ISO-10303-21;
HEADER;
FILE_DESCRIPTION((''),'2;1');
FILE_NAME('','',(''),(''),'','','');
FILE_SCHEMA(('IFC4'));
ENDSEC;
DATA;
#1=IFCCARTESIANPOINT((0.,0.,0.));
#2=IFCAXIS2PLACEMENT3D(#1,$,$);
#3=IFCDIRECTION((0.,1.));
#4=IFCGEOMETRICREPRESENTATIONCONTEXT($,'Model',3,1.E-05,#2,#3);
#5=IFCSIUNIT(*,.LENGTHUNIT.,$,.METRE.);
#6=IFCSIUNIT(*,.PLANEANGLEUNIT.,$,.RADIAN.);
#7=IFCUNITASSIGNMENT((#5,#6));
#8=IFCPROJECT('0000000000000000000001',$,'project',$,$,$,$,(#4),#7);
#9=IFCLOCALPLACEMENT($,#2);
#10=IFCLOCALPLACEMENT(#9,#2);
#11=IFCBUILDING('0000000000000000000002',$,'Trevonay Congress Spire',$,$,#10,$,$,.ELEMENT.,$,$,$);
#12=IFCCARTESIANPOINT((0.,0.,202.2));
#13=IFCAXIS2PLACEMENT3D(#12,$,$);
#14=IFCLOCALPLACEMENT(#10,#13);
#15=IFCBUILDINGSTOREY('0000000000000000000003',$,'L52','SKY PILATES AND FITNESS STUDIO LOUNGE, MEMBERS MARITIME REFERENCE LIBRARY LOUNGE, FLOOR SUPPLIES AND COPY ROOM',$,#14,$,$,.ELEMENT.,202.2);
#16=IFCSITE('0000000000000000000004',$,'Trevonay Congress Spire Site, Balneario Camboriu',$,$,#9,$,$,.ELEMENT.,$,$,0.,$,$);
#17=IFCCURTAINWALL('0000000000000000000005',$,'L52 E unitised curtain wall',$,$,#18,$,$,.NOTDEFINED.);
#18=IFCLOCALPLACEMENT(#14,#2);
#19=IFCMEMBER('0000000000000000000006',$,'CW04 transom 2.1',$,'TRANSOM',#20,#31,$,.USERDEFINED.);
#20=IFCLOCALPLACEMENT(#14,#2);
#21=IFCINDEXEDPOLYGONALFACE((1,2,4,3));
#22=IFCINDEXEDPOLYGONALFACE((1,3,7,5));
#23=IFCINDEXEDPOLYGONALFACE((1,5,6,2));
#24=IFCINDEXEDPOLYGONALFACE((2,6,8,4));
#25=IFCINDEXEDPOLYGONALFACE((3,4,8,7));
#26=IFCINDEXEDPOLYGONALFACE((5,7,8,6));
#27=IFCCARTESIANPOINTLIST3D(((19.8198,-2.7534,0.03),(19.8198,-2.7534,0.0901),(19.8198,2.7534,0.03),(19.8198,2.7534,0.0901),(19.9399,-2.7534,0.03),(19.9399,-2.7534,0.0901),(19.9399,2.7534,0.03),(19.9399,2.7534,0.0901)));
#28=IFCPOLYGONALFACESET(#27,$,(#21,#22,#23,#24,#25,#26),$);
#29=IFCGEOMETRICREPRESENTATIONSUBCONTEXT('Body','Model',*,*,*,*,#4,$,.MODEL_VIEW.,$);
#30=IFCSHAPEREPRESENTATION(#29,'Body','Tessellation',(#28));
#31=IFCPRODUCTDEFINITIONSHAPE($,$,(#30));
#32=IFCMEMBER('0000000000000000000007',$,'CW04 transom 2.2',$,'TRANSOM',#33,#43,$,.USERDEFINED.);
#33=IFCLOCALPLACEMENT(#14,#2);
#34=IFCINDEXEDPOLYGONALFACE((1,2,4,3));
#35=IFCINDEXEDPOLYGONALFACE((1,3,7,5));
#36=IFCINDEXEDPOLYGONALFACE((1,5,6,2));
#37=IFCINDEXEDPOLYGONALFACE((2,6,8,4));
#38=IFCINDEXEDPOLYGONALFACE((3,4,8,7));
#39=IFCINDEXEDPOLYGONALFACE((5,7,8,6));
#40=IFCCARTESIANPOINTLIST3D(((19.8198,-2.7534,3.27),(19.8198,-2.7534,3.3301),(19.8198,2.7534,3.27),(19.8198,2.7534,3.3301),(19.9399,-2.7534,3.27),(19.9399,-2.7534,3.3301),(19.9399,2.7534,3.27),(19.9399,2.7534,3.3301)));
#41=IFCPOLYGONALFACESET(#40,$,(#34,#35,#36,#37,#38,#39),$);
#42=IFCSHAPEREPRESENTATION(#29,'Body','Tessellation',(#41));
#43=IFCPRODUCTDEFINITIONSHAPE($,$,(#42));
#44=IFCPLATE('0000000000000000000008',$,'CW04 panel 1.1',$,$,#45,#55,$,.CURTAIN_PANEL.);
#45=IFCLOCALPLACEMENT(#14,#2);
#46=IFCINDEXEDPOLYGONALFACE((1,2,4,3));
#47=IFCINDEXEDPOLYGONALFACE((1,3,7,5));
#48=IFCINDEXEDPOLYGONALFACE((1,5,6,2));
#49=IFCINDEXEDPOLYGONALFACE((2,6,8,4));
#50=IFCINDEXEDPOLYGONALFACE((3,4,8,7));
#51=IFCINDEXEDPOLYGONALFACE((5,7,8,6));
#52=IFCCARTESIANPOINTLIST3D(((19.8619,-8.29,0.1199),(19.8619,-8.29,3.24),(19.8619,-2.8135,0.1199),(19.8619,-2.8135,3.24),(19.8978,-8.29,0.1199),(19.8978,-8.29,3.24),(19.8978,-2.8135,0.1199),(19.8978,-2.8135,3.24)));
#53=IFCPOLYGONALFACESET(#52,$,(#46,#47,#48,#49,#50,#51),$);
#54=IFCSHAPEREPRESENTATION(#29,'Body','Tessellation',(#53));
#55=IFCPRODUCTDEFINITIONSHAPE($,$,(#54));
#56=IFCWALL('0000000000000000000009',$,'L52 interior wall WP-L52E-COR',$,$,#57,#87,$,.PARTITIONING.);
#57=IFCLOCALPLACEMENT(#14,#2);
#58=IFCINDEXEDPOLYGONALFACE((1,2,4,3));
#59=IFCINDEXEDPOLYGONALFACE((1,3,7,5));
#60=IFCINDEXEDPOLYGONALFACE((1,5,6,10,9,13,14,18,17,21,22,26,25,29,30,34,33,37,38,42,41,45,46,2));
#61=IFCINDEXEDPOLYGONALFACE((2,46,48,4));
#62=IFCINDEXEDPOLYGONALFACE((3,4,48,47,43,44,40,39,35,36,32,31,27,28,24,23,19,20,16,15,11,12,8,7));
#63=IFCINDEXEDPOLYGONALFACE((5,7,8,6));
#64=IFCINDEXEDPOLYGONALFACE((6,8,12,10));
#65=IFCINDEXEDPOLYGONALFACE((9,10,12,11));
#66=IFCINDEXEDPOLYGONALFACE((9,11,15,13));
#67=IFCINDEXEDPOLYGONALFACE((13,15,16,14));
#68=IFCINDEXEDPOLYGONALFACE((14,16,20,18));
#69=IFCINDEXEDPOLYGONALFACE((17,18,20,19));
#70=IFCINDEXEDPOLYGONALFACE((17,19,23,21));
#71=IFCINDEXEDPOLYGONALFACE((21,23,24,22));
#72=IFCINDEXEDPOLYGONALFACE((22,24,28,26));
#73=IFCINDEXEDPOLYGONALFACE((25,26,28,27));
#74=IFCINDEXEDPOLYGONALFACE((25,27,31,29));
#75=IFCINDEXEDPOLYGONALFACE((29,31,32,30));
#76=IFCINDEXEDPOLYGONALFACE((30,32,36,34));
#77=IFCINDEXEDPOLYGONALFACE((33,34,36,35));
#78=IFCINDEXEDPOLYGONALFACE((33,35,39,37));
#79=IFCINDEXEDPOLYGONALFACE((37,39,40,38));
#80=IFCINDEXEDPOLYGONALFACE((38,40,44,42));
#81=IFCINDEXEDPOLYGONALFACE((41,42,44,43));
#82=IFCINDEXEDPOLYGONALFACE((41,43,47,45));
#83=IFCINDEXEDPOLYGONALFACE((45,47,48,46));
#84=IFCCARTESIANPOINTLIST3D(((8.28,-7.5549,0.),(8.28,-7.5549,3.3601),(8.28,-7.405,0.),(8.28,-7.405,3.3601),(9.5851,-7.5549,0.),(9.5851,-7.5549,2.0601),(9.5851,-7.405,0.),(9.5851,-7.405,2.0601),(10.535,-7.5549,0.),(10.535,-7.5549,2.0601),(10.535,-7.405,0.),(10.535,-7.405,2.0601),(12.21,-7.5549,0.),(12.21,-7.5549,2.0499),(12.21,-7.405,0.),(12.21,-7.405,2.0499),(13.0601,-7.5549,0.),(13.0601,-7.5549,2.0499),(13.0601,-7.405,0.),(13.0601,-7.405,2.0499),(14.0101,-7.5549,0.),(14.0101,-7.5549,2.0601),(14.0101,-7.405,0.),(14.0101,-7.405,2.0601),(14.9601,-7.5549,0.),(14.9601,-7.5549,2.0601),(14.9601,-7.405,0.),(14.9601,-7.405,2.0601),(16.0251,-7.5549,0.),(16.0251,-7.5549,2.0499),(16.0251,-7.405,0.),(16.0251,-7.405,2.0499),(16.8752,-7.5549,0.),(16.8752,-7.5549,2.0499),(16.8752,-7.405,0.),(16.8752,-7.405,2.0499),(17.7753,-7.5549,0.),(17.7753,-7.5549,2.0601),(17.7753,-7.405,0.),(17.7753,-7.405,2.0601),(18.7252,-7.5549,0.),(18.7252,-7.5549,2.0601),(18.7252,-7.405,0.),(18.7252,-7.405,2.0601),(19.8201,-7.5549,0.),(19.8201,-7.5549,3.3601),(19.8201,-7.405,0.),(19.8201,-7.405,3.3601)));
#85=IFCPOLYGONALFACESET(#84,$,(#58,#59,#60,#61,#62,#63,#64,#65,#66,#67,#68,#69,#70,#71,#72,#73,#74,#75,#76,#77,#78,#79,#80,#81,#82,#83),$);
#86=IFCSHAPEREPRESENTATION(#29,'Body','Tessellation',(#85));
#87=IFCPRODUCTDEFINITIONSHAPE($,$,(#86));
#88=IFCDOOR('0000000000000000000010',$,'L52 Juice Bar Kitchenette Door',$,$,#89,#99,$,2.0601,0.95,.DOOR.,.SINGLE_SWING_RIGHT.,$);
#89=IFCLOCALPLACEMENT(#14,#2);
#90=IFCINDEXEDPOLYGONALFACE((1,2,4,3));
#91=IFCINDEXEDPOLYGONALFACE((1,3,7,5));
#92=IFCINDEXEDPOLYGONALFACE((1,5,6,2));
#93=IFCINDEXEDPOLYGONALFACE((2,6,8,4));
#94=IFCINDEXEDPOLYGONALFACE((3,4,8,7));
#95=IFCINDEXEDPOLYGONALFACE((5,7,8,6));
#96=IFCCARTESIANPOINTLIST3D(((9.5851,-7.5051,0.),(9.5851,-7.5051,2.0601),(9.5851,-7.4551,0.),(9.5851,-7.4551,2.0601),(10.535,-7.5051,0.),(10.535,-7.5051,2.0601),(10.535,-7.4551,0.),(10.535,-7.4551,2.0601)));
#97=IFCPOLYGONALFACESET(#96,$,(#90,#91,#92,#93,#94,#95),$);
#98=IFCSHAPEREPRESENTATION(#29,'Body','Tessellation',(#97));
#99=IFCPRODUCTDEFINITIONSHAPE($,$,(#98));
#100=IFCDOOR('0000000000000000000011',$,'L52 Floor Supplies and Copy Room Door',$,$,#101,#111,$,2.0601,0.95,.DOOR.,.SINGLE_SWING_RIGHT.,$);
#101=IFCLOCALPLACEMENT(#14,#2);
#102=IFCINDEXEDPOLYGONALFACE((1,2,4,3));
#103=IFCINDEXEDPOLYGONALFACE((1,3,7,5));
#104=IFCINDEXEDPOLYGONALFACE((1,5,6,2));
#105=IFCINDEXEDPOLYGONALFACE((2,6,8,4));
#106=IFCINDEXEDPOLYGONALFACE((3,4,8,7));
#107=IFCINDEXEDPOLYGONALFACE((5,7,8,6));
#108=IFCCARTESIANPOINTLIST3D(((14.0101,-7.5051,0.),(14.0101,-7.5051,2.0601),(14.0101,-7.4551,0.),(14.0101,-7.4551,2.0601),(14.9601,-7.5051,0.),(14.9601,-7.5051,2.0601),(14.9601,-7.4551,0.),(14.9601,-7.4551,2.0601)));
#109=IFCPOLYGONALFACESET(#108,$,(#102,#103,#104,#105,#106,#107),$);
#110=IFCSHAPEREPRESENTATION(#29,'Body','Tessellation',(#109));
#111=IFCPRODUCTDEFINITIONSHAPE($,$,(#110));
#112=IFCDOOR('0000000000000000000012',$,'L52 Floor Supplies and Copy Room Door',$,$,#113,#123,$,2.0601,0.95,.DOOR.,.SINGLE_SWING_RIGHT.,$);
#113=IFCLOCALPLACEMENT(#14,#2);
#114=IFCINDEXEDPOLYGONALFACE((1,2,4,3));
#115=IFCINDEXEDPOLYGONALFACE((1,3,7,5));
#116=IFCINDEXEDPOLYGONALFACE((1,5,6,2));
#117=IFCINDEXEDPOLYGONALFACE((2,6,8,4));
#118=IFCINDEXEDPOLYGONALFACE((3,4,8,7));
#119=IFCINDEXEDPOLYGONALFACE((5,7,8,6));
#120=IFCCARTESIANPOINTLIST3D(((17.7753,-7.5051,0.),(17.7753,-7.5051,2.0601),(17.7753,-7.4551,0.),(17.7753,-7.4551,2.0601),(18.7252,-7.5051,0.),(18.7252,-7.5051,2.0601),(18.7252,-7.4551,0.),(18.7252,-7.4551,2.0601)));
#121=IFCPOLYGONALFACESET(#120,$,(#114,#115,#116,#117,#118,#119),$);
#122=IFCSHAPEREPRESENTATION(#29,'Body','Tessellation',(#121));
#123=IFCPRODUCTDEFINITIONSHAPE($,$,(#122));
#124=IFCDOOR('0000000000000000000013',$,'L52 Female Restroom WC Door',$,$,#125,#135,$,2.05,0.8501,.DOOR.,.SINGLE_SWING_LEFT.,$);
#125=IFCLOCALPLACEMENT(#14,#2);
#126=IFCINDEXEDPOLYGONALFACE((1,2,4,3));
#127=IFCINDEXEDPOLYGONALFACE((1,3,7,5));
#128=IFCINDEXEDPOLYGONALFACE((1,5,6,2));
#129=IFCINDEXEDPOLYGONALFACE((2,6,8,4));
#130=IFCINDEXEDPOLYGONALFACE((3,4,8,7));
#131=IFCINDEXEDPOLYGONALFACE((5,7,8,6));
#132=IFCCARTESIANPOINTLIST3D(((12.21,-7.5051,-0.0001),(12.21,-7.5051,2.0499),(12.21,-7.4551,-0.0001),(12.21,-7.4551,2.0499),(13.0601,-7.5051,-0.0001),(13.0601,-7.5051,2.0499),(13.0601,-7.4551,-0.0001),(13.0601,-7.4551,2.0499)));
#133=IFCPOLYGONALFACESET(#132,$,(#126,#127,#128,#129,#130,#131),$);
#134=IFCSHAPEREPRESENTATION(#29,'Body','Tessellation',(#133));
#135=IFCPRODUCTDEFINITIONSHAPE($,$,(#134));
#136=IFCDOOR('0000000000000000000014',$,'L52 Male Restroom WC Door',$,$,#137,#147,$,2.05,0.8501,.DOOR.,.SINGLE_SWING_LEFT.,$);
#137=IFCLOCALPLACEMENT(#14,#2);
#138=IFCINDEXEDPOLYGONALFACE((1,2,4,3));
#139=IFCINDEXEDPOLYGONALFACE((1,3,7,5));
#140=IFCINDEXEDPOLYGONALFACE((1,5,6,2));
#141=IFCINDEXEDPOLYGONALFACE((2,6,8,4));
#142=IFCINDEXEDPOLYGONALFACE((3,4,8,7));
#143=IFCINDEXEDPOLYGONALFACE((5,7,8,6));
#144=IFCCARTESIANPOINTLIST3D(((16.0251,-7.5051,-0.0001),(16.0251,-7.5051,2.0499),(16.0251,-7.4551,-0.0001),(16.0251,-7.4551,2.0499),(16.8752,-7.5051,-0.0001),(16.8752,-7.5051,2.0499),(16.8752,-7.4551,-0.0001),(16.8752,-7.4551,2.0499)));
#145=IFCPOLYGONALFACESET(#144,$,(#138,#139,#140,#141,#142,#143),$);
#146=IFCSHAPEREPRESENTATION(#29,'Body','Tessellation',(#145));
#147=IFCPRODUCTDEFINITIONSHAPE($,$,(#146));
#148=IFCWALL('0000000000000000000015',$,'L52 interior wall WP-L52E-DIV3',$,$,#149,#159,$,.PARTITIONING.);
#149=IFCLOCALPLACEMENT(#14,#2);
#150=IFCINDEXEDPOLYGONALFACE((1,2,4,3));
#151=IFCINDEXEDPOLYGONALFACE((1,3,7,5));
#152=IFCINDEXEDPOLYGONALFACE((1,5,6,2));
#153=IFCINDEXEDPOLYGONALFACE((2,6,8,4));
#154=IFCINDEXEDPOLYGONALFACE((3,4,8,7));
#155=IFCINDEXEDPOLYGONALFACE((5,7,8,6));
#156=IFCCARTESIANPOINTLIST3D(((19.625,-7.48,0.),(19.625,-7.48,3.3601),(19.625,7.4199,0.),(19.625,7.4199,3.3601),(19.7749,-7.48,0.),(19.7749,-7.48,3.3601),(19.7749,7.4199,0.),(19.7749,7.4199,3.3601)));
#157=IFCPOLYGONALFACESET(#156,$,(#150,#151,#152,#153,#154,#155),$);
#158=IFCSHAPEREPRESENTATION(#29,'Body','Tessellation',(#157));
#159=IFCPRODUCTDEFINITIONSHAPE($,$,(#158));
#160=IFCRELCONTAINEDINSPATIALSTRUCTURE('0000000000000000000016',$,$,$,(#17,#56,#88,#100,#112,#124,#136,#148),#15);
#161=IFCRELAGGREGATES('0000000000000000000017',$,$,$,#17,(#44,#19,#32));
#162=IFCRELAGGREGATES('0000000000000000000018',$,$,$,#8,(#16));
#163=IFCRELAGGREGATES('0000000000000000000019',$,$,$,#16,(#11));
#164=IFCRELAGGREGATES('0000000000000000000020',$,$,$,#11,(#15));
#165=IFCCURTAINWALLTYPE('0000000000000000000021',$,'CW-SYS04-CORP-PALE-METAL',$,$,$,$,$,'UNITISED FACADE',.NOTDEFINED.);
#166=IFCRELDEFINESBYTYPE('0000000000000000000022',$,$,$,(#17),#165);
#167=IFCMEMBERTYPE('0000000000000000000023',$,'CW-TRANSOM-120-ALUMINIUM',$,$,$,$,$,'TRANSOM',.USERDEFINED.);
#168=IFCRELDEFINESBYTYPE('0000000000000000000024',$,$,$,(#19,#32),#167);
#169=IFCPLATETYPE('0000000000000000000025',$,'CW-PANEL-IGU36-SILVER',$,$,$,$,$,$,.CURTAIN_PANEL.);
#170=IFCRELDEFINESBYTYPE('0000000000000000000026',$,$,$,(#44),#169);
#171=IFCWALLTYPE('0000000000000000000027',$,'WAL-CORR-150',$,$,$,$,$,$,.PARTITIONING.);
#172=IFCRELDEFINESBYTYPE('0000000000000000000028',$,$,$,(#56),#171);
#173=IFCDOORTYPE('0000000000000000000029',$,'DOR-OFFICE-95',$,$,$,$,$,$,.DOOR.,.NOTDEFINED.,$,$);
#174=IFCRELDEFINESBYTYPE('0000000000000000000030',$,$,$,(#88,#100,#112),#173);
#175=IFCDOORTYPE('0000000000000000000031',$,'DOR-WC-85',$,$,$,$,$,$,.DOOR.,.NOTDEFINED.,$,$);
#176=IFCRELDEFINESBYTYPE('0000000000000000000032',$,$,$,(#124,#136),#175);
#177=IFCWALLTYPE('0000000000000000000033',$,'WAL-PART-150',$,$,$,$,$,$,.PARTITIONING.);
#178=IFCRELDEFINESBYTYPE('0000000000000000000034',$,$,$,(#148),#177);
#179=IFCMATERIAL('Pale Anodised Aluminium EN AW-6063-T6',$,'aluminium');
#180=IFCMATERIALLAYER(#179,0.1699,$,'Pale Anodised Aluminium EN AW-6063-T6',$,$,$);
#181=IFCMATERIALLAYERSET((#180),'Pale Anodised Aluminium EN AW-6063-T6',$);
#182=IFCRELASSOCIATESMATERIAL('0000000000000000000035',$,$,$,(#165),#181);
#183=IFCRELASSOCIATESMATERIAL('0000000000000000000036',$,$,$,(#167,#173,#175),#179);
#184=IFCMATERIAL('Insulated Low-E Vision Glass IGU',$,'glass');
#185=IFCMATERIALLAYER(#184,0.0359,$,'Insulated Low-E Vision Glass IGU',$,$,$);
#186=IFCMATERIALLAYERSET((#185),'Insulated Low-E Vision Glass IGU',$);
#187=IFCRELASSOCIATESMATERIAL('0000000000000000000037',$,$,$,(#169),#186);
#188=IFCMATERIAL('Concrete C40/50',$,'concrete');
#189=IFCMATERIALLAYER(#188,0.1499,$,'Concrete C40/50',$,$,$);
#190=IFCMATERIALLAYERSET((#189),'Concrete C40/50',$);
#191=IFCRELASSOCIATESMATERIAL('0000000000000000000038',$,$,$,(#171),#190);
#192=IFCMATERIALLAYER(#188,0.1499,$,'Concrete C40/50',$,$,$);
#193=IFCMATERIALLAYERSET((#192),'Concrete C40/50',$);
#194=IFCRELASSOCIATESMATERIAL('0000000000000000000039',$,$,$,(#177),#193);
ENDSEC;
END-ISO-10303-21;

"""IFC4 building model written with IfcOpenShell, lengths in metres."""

from ifc_helpers import new_model, si_unit, direction, frame, frame_2d, origin, origin_2d, place, context, subcontext, project, spatial, rectangle, extrude, material, layer, layer_set, material_profile, profile_set, type_object, element, fill, aggregate, save


model = new_model("IFC4")

# Units and contexts
model_context = context("Model", 3, precision=1e-05, world=origin(), true_north=direction((0.0, 1.0)))
body_context = subcontext(model_context, "Body", "Model", "MODEL_VIEW")
ifc_project = project(units=[si_unit("LENGTHUNIT", "METRE"), si_unit("PLANEANGLEUNIT", "RADIAN")], contexts=[model_context])

# Site, building, storey
site_placement = place(None, origin())
site = spatial("IfcSite", under=ifc_project, at=site_placement, Name="Trevonay Congress Spire Site, Balneario Camboriu", CompositionType="ELEMENT", RefElevation=0.0)
building_placement = place(site_placement, origin())
building = spatial("IfcBuilding", under=site, at=building_placement, Name="Trevonay Congress Spire", CompositionType="ELEMENT")
storey_placement = place(building_placement, frame((0.0, 0.0, 202.2)))
storey = spatial("IfcBuildingStorey", under=building, at=storey_placement, Name="L52", Description="SKY PILATES AND FITNESS STUDIO LOUNGE, MEMBERS MARITIME REFERENCE LIBRARY LOUNGE, FLOOR SUPPLIES AND COPY ROOM", CompositionType="ELEMENT", Elevation=202.2)

# Curtain wall, members, plate
ifc_material_1 = material(Name="Pale Anodised Aluminium EN AW-6063-T6", Category="aluminium")
ifc_layer_1 = layer(ifc_material_1, 0.1699, Name="Pale Anodised Aluminium EN AW-6063-T6")
ifc_layer_set_1 = layer_set([ifc_layer_1], Name="Pale Anodised Aluminium EN AW-6063-T6")
curtain_wall_type = type_object("IfcCurtainWallType", Name="CW-SYS04-CORP-PALE-METAL", ElementType="UNITISED FACADE", PredefinedType="NOTDEFINED", material=ifc_layer_set_1)
curtain_wall_placement = place(storey_placement, origin())
curtain_wall = element("IfcCurtainWall", 1, at=curtain_wall_placement, inside=storey, type_object=curtain_wall_type, Name="L52 E unitised curtain wall", PredefinedType="NOTDEFINED")
ifc_material_profile_1 = material_profile(ifc_material_1, rectangle(XDim=0.1201, YDim=0.0601, at=origin_2d()), Name="CW-TRANSOM-120-ALUMINIUM")
ifc_profile_set_1 = profile_set([ifc_material_profile_1], Name="Pale Anodised Aluminium EN AW-6063-T6")
member_type_1 = type_object("IfcMemberType", Name="CW-TRANSOM-120-ALUMINIUM", ElementType="TRANSOM", PredefinedType="USERDEFINED", material=ifc_profile_set_1)
member_1_placement = place(storey_placement, frame((19.8799, -2.7534, 0.0601), z_axis=(0.0, 1.0, 0.0), x_axis=(-1.0, 0.0, 0.0)))
member_1 = element("IfcMember", 2, at=member_1_placement, type_object=member_type_1, Name="CW04 transom 2.1", ObjectType="TRANSOM", PredefinedType="USERDEFINED", context=body_context, shape_type="SweptSolid", body=[
    extrude(rectangle(XDim=0.1201, YDim=0.0601, at=origin_2d()), origin(), (0.0, 0.0, 1.0), 5.5068),
])
member_2_placement = place(storey_placement, frame((19.8799, -2.7534, 3.3), z_axis=(0.0, 1.0, 0.0), x_axis=(-1.0, 0.0, 0.0)))
member_2 = element("IfcMember", 3, at=member_2_placement, type_object=member_type_1, Name="CW04 transom 2.2", ObjectType="TRANSOM", PredefinedType="USERDEFINED", context=body_context, shape_type="SweptSolid", body=[
    extrude(rectangle(XDim=0.1201, YDim=0.0601, at=origin_2d()), origin(), (0.0, 0.0, 1.0), 5.5068),
])
ifc_material_2 = material(Name="Insulated Low-E Vision Glass IGU", Category="glass")
ifc_layer_2 = layer(ifc_material_2, 0.0359, Name="Insulated Low-E Vision Glass IGU")
ifc_layer_set_2 = layer_set([ifc_layer_2], Name="Insulated Low-E Vision Glass IGU")
plate_type = type_object("IfcPlateType", Name="CW-PANEL-IGU36-SILVER", PredefinedType="CURTAIN_PANEL", material=ifc_layer_set_2)
plate_placement = place(storey_placement, frame((19.8799, -5.5518, 0.1199), z_axis=(0.0, 0.0, 1.0), x_axis=(0.0, 1.0, 0.0)))
plate = element("IfcPlate", 4, at=plate_placement, type_object=plate_type, Name="CW04 panel 1.1", PredefinedType="CURTAIN_PANEL", context=body_context, shape_type="SweptSolid", body=[
    extrude(rectangle(XDim=5.4766, YDim=0.0359, at=origin_2d()), origin(), (0.0, 0.0, 1.0), 3.1201),
])
aggregate(curtain_wall, [plate, member_1, member_2])

# Wall, openings, doors
ifc_material_3 = material(Name="Concrete C40/50", Category="concrete")
ifc_layer_3 = layer(ifc_material_3, 0.1499, Name="Concrete C40/50")
ifc_layer_set_3 = layer_set([ifc_layer_3], Name="Concrete C40/50")
wall_type_1 = type_object("IfcWallType", Name="WAL-CORR-150", PredefinedType="PARTITIONING", material=ifc_layer_set_3)
wall_1_placement = place(storey_placement, frame((8.28, -7.48, 0.0), z_axis=(0.0, 0.0, 1.0), x_axis=(1.0, 0.0, 0.0)))
wall_1 = element("IfcWall", 5, at=wall_1_placement, inside=storey, type_object=wall_type_1, Name="L52 interior wall WP-L52E-COR", PredefinedType="PARTITIONING", context=body_context, shape_type="SweptSolid", body=[
    extrude(rectangle(XDim=11.54, YDim=0.1499, at=frame_2d((5.77, 0.0))), origin(), (0.0, 0.0, 1.0), 3.3601),
])
opening_1_placement = place(wall_1_placement, frame((1.3049, 0.0, 0.0)))
opening_1 = element("IfcOpeningElement", 6, at=opening_1_placement, cuts=wall_1, PredefinedType="OPENING", context=body_context, shape_type="SweptSolid", body=[
    extrude(rectangle(XDim=0.95, YDim=2.0601, at=frame_2d((0.4751, 1.03))), frame((0.0, 0.085, 0.0), z_axis=(0.0, -1.0, 0.0), x_axis=(1.0, 0.0, 0.0)), (0.0, 0.0, 1.0), 0.1699),
])
opening_2_placement = place(wall_1_placement, frame((3.9299, 0.0, 0.0)))
opening_2 = element("IfcOpeningElement", 7, at=opening_2_placement, cuts=wall_1, PredefinedType="OPENING", context=body_context, shape_type="SweptSolid", body=[
    extrude(rectangle(XDim=0.8501, YDim=2.05, at=frame_2d((0.425, 1.0249))), frame((0.0, 0.085, 0.0), z_axis=(0.0, -1.0, 0.0), x_axis=(1.0, 0.0, 0.0)), (0.0, 0.0, 1.0), 0.1699),
])
opening_3_placement = place(wall_1_placement, frame((5.73, 0.0, 0.0)))
opening_3 = element("IfcOpeningElement", 8, at=opening_3_placement, cuts=wall_1, PredefinedType="OPENING", context=body_context, shape_type="SweptSolid", body=[
    extrude(rectangle(XDim=0.95, YDim=2.0601, at=frame_2d((0.4751, 1.03))), frame((0.0, 0.085, 0.0), z_axis=(0.0, -1.0, 0.0), x_axis=(1.0, 0.0, 0.0)), (0.0, 0.0, 1.0), 0.1699),
])
opening_4_placement = place(wall_1_placement, frame((7.7451, 0.0, 0.0)))
opening_4 = element("IfcOpeningElement", 9, at=opening_4_placement, cuts=wall_1, PredefinedType="OPENING", context=body_context, shape_type="SweptSolid", body=[
    extrude(rectangle(XDim=0.8501, YDim=2.05, at=frame_2d((0.425, 1.0249))), frame((0.0, 0.085, 0.0), z_axis=(0.0, -1.0, 0.0), x_axis=(1.0, 0.0, 0.0)), (0.0, 0.0, 1.0), 0.1699),
])
opening_5_placement = place(wall_1_placement, frame((9.4951, 0.0, 0.0)))
opening_5 = element("IfcOpeningElement", 10, at=opening_5_placement, cuts=wall_1, PredefinedType="OPENING", context=body_context, shape_type="SweptSolid", body=[
    extrude(rectangle(XDim=0.95, YDim=2.0601, at=frame_2d((0.4751, 1.03))), frame((0.0, 0.085, 0.0), z_axis=(0.0, -1.0, 0.0), x_axis=(1.0, 0.0, 0.0)), (0.0, 0.0, 1.0), 0.1699),
])
door_type_1 = type_object("IfcDoorType", Name="DOR-OFFICE-95", OperationType="NOTDEFINED", PredefinedType="DOOR", material=ifc_material_1)
door_1_placement = place(opening_1_placement, origin())
door_1 = element("IfcDoor", 11, at=door_1_placement, inside=storey, type_object=door_type_1, Name="L52 Juice Bar Kitchenette Door", OperationType="SINGLE_SWING_RIGHT", OverallHeight=2.0601, OverallWidth=0.95, PredefinedType="DOOR", context=body_context, shape_type="SweptSolid", body=[
    extrude(rectangle(XDim=0.95, YDim=2.0601, at=frame_2d((0.4751, 1.03))), frame((0.0, 0.0249, 0.0), z_axis=(0.0, -1.0, 0.0), x_axis=(1.0, 0.0, 0.0)), (0.0, 0.0, 1.0), 0.05),
])
fill(opening_1, door_1)
door_2_placement = place(opening_3_placement, origin())
door_2 = element("IfcDoor", 12, at=door_2_placement, inside=storey, type_object=door_type_1, Name="L52 Floor Supplies and Copy Room Door", OperationType="SINGLE_SWING_RIGHT", OverallHeight=2.0601, OverallWidth=0.95, PredefinedType="DOOR", context=body_context, shape_type="SweptSolid", body=[
    extrude(rectangle(XDim=0.95, YDim=2.0601, at=frame_2d((0.4751, 1.03))), frame((0.0, 0.0249, 0.0), z_axis=(0.0, -1.0, 0.0), x_axis=(1.0, 0.0, 0.0)), (0.0, 0.0, 1.0), 0.05),
])
fill(opening_3, door_2)
door_3_placement = place(opening_5_placement, origin())
door_3 = element("IfcDoor", 13, at=door_3_placement, inside=storey, type_object=door_type_1, Name="L52 Floor Supplies and Copy Room Door", OperationType="SINGLE_SWING_RIGHT", OverallHeight=2.0601, OverallWidth=0.95, PredefinedType="DOOR", context=body_context, shape_type="SweptSolid", body=[
    extrude(rectangle(XDim=0.95, YDim=2.0601, at=frame_2d((0.4751, 1.03))), frame((0.0, 0.0249, 0.0), z_axis=(0.0, -1.0, 0.0), x_axis=(1.0, 0.0, 0.0)), (0.0, 0.0, 1.0), 0.05),
])
fill(opening_5, door_3)
door_type_2 = type_object("IfcDoorType", Name="DOR-WC-85", OperationType="NOTDEFINED", PredefinedType="DOOR", material=ifc_material_1)
door_4_placement = place(opening_2_placement, origin())
door_4 = element("IfcDoor", 14, at=door_4_placement, inside=storey, type_object=door_type_2, Name="L52 Female Restroom WC Door", OperationType="SINGLE_SWING_LEFT", OverallHeight=2.05, OverallWidth=0.8501, PredefinedType="DOOR", context=body_context, shape_type="SweptSolid", body=[
    extrude(rectangle(XDim=0.8501, YDim=2.05, at=frame_2d((0.425, 1.0249))), frame((0.0, 0.0249, 0.0), z_axis=(0.0, -1.0, 0.0), x_axis=(1.0, 0.0, 0.0)), (0.0, 0.0, 1.0), 0.05),
])
fill(opening_2, door_4)
door_5_placement = place(opening_4_placement, origin())
door_5 = element("IfcDoor", 15, at=door_5_placement, inside=storey, type_object=door_type_2, Name="L52 Male Restroom WC Door", OperationType="SINGLE_SWING_LEFT", OverallHeight=2.05, OverallWidth=0.8501, PredefinedType="DOOR", context=body_context, shape_type="SweptSolid", body=[
    extrude(rectangle(XDim=0.8501, YDim=2.05, at=frame_2d((0.425, 1.0249))), frame((0.0, 0.0249, 0.0), z_axis=(0.0, -1.0, 0.0), x_axis=(1.0, 0.0, 0.0)), (0.0, 0.0, 1.0), 0.05),
])
fill(opening_4, door_5)

# Wall
ifc_layer_4 = layer(ifc_material_3, 0.1499, Name="Concrete C40/50")
ifc_layer_set_4 = layer_set([ifc_layer_4], Name="Concrete C40/50")
wall_type_2 = type_object("IfcWallType", Name="WAL-PART-150", PredefinedType="PARTITIONING", material=ifc_layer_set_4)
wall_2_placement = place(storey_placement, frame((19.7, -7.48, 0.0), z_axis=(0.0, 0.0, 1.0), x_axis=(0.0, 1.0, 0.0)))
element("IfcWall", 16, at=wall_2_placement, inside=storey, type_object=wall_type_2, Name="L52 interior wall WP-L52E-DIV3", PredefinedType="PARTITIONING", context=body_context, shape_type="SweptSolid", body=[
    extrude(rectangle(XDim=14.8999, YDim=0.1499, at=frame_2d((7.45, 0.0))), origin(), (0.0, 0.0, 1.0), 3.3601),
])

save(model, "model.ifc")
